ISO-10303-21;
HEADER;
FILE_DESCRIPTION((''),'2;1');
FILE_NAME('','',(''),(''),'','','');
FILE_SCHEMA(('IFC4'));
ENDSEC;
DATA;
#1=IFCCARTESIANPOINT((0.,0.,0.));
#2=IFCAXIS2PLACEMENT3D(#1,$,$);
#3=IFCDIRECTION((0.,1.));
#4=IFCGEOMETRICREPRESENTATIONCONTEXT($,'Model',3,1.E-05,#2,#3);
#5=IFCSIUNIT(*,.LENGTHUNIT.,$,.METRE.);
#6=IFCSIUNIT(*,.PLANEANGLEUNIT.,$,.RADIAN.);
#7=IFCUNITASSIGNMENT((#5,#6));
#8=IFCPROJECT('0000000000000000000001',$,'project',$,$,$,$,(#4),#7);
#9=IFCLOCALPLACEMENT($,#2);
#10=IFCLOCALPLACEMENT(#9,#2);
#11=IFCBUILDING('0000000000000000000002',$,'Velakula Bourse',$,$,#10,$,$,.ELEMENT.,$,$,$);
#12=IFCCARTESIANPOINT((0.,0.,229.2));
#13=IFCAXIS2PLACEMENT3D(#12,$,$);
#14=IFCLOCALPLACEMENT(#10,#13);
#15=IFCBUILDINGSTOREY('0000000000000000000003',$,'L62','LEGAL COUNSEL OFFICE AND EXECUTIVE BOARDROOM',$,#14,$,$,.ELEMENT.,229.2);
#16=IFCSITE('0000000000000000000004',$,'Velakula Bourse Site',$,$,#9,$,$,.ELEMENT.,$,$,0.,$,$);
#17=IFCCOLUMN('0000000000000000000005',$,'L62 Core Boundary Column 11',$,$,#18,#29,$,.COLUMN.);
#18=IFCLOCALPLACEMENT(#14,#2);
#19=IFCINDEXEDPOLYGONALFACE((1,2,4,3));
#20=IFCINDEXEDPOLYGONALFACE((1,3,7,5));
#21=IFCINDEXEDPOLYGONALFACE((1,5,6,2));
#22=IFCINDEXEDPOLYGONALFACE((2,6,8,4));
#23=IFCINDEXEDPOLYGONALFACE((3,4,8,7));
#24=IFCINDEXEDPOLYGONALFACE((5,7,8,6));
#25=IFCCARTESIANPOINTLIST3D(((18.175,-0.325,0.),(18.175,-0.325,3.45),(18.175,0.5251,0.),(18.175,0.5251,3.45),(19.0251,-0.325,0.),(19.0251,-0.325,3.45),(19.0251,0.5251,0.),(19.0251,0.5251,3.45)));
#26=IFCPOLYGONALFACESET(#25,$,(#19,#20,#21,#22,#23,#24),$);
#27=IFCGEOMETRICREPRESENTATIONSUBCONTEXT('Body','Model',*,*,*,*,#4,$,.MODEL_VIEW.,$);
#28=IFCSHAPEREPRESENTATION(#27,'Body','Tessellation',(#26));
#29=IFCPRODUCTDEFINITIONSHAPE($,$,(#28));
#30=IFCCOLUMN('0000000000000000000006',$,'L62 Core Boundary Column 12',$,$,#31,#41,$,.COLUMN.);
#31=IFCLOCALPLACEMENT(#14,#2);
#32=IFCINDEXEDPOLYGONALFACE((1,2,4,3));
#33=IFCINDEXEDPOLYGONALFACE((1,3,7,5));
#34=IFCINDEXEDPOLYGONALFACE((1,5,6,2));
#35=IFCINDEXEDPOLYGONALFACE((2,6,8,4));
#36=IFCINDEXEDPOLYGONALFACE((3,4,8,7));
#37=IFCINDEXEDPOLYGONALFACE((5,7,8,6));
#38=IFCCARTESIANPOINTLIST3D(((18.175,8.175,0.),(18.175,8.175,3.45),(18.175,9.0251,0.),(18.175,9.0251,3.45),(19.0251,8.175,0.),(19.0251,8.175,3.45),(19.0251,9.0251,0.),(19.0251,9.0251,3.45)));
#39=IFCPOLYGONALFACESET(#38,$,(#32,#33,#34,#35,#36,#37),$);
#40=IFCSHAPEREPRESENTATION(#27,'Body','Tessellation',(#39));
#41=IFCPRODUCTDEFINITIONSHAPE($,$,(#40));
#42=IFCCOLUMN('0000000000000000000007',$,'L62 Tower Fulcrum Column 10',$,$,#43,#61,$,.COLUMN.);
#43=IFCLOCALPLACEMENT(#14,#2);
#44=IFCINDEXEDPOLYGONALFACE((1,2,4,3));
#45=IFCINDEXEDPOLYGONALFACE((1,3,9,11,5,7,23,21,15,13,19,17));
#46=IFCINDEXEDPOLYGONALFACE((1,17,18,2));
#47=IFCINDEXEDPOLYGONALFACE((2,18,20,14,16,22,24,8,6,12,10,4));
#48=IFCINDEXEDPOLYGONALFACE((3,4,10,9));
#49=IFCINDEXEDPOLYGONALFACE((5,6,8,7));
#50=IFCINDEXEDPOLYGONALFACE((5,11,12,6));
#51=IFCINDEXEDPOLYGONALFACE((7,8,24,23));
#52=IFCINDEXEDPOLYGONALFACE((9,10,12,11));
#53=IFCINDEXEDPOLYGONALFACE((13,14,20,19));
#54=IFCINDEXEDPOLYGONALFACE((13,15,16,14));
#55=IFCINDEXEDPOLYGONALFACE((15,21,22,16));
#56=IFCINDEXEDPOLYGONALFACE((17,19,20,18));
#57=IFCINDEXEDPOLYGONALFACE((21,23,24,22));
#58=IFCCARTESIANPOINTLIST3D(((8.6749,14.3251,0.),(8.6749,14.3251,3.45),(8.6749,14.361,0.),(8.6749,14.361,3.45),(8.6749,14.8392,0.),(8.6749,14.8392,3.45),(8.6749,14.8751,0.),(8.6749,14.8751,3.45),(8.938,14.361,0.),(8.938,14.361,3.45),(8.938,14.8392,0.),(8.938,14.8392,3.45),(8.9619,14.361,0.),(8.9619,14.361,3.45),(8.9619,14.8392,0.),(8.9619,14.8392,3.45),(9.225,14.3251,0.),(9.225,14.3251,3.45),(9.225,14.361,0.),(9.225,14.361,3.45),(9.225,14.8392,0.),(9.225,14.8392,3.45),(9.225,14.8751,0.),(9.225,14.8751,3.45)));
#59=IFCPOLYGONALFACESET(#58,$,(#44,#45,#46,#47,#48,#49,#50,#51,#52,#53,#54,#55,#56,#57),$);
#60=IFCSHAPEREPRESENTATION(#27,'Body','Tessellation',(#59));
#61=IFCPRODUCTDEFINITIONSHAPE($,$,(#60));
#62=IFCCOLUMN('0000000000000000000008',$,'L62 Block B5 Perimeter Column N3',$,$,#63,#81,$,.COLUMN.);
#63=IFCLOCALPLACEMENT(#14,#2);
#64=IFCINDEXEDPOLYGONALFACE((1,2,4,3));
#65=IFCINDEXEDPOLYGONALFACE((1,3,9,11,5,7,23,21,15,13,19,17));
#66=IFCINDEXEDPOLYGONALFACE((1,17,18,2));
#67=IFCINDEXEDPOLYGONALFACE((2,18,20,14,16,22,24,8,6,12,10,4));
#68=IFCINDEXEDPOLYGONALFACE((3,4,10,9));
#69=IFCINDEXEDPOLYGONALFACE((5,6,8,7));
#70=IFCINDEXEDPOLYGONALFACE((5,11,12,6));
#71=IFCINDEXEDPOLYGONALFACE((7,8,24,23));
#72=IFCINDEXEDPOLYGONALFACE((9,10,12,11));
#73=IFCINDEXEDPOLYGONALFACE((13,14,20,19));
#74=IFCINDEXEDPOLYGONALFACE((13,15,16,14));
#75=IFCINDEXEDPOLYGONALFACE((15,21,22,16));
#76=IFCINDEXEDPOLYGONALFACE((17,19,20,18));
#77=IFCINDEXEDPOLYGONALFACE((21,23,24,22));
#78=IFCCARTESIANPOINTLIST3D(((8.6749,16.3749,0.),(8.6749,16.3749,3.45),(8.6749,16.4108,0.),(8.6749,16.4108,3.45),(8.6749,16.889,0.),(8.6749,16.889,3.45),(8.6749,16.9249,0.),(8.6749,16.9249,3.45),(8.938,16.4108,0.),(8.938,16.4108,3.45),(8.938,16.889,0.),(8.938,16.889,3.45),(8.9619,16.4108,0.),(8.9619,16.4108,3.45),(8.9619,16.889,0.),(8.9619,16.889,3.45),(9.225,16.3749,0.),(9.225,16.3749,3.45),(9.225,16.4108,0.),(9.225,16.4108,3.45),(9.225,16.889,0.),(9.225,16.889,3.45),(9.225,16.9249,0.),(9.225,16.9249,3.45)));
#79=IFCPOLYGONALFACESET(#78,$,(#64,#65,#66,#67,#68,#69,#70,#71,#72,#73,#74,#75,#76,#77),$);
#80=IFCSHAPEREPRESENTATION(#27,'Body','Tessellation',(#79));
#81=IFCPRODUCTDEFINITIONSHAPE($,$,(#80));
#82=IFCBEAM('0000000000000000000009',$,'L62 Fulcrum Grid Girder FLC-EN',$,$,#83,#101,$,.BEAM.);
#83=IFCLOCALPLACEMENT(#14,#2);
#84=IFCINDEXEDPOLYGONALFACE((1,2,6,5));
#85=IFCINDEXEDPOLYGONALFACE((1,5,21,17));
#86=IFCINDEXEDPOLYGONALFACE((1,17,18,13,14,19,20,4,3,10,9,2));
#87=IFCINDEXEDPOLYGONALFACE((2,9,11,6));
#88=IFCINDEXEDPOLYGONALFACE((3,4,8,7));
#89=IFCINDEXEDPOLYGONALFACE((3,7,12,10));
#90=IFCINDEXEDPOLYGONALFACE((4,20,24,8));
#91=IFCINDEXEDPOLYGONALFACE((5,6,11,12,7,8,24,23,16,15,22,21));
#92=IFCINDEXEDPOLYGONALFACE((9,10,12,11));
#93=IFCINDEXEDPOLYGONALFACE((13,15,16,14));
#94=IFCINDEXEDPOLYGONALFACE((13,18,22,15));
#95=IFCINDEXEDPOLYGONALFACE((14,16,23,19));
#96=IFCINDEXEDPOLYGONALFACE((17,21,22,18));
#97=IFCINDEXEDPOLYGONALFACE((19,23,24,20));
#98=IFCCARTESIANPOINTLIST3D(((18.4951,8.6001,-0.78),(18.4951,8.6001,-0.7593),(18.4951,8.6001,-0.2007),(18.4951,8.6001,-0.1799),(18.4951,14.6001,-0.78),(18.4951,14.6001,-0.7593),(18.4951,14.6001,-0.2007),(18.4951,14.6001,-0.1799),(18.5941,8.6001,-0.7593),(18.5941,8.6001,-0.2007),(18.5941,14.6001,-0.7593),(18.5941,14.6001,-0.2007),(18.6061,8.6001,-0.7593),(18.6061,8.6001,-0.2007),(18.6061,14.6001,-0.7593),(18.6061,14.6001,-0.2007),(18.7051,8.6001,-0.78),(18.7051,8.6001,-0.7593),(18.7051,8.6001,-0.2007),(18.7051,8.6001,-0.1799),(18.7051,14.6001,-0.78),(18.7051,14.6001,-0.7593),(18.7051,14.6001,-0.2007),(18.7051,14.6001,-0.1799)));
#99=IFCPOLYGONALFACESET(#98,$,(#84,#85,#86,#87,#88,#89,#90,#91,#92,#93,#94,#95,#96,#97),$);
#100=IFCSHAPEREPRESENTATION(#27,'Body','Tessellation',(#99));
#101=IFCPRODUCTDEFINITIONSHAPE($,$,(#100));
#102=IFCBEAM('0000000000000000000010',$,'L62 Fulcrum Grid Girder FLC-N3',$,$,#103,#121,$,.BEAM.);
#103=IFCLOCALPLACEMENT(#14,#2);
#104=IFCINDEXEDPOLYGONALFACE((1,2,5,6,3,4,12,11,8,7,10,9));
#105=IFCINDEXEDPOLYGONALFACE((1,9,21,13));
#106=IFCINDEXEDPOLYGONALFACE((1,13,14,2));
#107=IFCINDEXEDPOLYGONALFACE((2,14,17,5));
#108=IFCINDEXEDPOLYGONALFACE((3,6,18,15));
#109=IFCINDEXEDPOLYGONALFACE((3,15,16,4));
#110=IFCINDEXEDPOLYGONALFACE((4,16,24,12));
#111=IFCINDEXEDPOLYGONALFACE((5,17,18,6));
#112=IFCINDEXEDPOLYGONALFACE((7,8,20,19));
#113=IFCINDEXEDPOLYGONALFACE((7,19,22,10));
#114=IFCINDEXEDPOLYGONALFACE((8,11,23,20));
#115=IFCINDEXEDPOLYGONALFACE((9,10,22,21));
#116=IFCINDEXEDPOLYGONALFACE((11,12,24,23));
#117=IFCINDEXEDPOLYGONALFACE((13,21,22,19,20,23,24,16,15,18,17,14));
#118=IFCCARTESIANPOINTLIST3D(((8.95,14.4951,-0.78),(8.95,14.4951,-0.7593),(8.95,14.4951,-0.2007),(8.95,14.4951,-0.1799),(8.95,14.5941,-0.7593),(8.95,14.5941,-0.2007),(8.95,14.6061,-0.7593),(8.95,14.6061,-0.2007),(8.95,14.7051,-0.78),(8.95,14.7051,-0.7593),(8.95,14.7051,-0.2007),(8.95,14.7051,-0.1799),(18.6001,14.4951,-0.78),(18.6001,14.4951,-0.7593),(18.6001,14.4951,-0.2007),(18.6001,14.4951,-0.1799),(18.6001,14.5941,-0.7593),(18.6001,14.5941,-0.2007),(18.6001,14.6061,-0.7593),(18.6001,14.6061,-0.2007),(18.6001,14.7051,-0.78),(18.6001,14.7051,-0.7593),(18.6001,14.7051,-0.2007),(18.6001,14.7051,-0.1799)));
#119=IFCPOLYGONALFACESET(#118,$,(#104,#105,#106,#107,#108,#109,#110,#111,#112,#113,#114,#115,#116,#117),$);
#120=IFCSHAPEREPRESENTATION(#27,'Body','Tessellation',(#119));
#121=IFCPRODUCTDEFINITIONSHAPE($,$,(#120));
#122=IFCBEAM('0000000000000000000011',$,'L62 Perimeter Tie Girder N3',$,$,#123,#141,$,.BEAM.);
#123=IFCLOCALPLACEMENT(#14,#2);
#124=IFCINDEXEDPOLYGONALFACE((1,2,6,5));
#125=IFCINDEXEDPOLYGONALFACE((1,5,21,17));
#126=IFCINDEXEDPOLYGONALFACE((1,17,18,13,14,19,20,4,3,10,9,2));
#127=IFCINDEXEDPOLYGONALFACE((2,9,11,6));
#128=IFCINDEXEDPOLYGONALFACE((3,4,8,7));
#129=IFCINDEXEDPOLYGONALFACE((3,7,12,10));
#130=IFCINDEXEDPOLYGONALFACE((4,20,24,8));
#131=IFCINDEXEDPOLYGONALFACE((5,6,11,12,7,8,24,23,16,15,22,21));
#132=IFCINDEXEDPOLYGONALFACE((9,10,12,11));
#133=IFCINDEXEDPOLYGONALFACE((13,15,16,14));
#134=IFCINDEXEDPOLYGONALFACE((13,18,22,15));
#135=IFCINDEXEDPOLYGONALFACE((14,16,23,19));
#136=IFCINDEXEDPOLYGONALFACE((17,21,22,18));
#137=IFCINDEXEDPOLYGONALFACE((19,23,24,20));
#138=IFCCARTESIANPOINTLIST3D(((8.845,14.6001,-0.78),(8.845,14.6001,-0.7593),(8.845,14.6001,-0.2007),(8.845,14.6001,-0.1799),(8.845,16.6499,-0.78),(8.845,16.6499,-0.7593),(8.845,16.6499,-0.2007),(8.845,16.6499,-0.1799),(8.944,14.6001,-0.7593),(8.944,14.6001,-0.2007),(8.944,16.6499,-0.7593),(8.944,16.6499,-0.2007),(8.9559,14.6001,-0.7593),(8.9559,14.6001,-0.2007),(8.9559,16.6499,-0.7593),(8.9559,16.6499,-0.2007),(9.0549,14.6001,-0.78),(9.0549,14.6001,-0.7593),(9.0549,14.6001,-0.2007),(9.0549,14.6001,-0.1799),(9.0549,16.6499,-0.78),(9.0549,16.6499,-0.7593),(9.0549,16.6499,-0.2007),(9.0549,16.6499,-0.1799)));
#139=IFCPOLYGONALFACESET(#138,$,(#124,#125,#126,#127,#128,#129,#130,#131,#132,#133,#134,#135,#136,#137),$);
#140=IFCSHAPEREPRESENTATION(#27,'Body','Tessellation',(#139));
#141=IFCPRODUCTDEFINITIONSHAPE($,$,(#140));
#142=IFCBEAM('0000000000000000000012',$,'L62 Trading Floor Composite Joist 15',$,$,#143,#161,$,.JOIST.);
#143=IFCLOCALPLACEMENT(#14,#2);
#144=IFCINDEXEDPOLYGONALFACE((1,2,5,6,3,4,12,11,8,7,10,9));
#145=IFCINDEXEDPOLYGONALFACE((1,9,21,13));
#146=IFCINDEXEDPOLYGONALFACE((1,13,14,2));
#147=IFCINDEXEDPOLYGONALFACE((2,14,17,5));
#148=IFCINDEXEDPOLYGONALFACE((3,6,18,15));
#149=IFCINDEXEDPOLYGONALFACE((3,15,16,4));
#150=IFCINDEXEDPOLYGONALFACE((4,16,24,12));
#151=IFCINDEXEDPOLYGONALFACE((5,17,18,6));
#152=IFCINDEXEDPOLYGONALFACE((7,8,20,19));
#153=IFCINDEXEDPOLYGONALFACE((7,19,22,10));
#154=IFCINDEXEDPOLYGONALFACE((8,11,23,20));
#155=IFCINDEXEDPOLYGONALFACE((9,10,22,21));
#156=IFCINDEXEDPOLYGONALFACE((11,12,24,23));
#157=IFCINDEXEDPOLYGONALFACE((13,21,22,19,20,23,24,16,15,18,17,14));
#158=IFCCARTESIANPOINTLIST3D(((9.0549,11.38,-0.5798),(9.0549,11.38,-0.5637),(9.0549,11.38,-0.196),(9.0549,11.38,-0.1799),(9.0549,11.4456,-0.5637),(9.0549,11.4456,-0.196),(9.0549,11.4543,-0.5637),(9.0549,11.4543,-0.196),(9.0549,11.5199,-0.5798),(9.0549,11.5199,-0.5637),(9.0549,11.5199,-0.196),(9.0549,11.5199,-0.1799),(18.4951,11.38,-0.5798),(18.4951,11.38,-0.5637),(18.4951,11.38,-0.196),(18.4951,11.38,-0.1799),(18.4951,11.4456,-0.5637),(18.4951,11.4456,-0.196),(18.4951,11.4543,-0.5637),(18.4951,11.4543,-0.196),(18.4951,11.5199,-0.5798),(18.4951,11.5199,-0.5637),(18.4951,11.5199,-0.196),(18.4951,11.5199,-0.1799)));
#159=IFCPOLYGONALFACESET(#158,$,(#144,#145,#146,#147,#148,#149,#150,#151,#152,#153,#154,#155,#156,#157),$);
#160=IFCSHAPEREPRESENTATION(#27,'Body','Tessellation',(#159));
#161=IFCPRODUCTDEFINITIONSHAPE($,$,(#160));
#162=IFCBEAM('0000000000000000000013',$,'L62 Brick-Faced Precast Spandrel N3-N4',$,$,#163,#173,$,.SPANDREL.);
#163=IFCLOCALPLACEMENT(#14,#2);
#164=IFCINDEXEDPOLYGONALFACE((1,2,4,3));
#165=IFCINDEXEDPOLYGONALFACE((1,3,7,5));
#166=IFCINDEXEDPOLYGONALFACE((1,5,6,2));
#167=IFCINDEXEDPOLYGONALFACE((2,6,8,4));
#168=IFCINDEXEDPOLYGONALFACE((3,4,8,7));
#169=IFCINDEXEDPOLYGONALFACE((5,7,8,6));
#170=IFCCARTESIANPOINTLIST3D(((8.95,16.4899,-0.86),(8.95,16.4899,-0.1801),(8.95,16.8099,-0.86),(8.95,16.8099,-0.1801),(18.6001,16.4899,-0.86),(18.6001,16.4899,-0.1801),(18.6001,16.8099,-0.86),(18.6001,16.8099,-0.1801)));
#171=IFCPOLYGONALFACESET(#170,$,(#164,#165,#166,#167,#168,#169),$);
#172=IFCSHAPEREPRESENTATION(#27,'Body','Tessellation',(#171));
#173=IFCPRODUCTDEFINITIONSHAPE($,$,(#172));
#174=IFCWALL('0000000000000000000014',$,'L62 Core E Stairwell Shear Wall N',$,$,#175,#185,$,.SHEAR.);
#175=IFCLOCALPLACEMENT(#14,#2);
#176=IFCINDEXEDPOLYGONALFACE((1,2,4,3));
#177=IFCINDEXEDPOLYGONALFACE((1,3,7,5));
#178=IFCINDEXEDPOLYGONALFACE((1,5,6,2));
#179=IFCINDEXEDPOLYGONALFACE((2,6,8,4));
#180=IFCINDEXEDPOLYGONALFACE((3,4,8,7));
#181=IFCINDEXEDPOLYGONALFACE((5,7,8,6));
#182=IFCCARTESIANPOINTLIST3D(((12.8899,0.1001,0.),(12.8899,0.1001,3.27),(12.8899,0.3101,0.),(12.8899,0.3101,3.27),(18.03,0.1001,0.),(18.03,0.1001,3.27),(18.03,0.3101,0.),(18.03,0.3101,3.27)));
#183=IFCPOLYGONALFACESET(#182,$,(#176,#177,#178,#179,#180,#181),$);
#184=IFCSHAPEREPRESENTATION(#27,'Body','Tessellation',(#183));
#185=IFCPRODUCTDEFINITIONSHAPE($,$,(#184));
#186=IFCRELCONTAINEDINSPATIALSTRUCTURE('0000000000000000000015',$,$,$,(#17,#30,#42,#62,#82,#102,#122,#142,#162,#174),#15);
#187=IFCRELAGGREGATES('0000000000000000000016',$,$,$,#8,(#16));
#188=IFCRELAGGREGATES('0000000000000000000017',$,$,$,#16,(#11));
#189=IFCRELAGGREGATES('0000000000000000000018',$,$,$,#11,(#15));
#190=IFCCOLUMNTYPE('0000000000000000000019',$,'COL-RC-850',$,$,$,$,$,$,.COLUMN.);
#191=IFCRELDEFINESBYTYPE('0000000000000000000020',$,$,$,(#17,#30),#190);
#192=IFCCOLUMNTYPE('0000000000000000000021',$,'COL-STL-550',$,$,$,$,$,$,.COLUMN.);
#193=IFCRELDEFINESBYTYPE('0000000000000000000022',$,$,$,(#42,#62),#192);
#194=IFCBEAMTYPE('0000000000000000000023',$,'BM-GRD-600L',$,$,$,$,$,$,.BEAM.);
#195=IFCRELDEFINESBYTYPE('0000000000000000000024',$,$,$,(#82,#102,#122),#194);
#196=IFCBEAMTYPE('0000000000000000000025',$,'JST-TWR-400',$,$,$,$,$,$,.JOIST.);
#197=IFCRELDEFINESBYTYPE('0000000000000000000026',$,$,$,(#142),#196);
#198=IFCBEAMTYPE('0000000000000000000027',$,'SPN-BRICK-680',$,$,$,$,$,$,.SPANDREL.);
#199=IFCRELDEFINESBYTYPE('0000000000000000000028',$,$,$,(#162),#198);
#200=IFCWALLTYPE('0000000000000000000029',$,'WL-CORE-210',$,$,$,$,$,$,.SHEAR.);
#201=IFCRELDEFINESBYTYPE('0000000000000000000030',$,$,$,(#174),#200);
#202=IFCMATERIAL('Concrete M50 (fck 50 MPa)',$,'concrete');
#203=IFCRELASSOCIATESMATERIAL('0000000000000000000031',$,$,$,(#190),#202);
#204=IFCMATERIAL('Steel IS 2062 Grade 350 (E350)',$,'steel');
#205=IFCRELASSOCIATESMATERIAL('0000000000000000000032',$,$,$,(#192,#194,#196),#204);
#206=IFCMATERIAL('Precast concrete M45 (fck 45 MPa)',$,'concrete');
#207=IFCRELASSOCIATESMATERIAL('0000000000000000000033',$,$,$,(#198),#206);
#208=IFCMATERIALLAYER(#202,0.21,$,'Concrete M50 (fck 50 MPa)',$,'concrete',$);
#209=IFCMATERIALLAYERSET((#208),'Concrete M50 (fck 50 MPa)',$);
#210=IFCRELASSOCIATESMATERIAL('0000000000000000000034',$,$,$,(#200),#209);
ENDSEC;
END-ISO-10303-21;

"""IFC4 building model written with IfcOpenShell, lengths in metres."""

from ifc_helpers import new_model, si_unit, direction, frame, frame_2d, origin, origin_2d, place, context, subcontext, project, spatial, rectangle, i_section, extrude, material, layer, layer_set, material_profile, profile_set, type_object, element, save


model = new_model("IFC4")

# Units and contexts
model_context = context("Model", 3, precision=1e-05, world=origin(), true_north=direction((0.0, 1.0)))
body_context = subcontext(model_context, "Body", "Model", "MODEL_VIEW")
ifc_project = project(units=[si_unit("LENGTHUNIT", "METRE"), si_unit("PLANEANGLEUNIT", "RADIAN")], contexts=[model_context])

# Site, building, storey
site_placement = place(None, origin())
site = spatial("IfcSite", under=ifc_project, at=site_placement, Name="Velakula Bourse Site", CompositionType="ELEMENT", RefElevation=0.0)
building_placement = place(site_placement, origin())
building = spatial("IfcBuilding", under=site, at=building_placement, Name="Velakula Bourse", CompositionType="ELEMENT")
storey_placement = place(building_placement, frame((0.0, 0.0, 229.2)))
storey = spatial("IfcBuildingStorey", under=building, at=storey_placement, Name="L62", Description="LEGAL COUNSEL OFFICE AND EXECUTIVE BOARDROOM", CompositionType="ELEMENT", Elevation=229.2)

# Columns
ifc_material_1 = material(Name="Concrete M50 (fck 50 MPa)", Category="concrete")
ifc_material_profile_1 = material_profile(ifc_material_1, rectangle(XDim=0.8501, YDim=0.8501, at=origin_2d()), Name="Concrete M50 (fck 50 MPa)")
ifc_profile_set_1 = profile_set([ifc_material_profile_1], Name="Concrete M50 (fck 50 MPa)")
column_type_1 = type_object("IfcColumnType", Name="COL-RC-850", PredefinedType="COLUMN", material=ifc_profile_set_1)
for number, where, z_axis, x_axis, name in (
    (1, (18.6001, 0.1001, 0.0), (0.0, 0.0, 1.0), (1.0, 0.0, 0.0), "L62 Core Boundary Column 11"),
    (2, (18.6001, 8.6001, 0.0), (0.0, 0.0, 1.0), (1.0, 0.0, 0.0), "L62 Core Boundary Column 12"),
):
    element("IfcColumn", number, at=place(storey_placement, frame(where, z_axis=z_axis, x_axis=x_axis)), inside=storey, type_object=column_type_1, Name=name, PredefinedType="COLUMN", context=body_context, shape_type="SweptSolid", body=[
        extrude(rectangle(XDim=0.8501, YDim=0.8501, at=origin_2d()), origin(), (0.0, 0.0, 1.0), 3.45),
    ])
ifc_material_2 = material(Name="Steel IS 2062 Grade 350 (E350)", Category="steel")
ifc_material_profile_2 = material_profile(ifc_material_2, i_section(OverallWidth=0.55, OverallDepth=0.55, WebThickness=0.0239, FlangeThickness=0.0359, at=origin_2d()), Name="Steel IS 2062 Grade 350 (E350)")
ifc_profile_set_2 = profile_set([ifc_material_profile_2], Name="Steel IS 2062 Grade 350 (E350)")
column_type_2 = type_object("IfcColumnType", Name="COL-STL-550", PredefinedType="COLUMN", material=ifc_profile_set_2)
for number, where, z_axis, x_axis, name in (
    (3, (8.95, 14.6001, 0.0), (0.0, 0.0, 1.0), (1.0, 0.0, 0.0), "L62 Tower Fulcrum Column 10"),
    (4, (8.95, 16.6499, 0.0), (0.0, 0.0, 1.0), (1.0, 0.0, 0.0), "L62 Block B5 Perimeter Column N3"),
):
    element("IfcColumn", number, at=place(storey_placement, frame(where, z_axis=z_axis, x_axis=x_axis)), inside=storey, type_object=column_type_2, Name=name, PredefinedType="COLUMN", context=body_context, shape_type="SweptSolid", body=[
        extrude(i_section(OverallWidth=0.55, OverallDepth=0.55, WebThickness=0.0239, FlangeThickness=0.0359, at=origin_2d()), origin(), (0.0, 0.0, 1.0), 3.45),
    ])

# Beams
ifc_material_profile_3 = material_profile(ifc_material_2, i_section(OverallWidth=0.21, OverallDepth=0.6001, WebThickness=0.012, FlangeThickness=0.0208, at=origin_2d()), Name="Steel IS 2062 Grade 350 (E350)")
ifc_profile_set_3 = profile_set([ifc_material_profile_3], Name="Steel IS 2062 Grade 350 (E350)")
beam_type_1 = type_object("IfcBeamType", Name="BM-GRD-600L", PredefinedType="BEAM", material=ifc_profile_set_3)
beam_1_placement = place(storey_placement, frame((18.6001, 8.6001, -0.48), z_axis=(0.0, 1.0, 0.0), x_axis=(-1.0, 0.0, 0.0)))
element("IfcBeam", 5, at=beam_1_placement, inside=storey, type_object=beam_type_1, Name="L62 Fulcrum Grid Girder FLC-EN", PredefinedType="BEAM", context=body_context, shape_type="SweptSolid", body=[
    extrude(i_section(OverallWidth=0.21, OverallDepth=0.6001, WebThickness=0.012, FlangeThickness=0.0208, at=origin_2d()), origin(), (0.0, 0.0, 1.0), 6.0),
])
beam_2_placement = place(storey_placement, frame((8.95, 14.6001, -0.48), z_axis=(1.0, 0.0, 0.0), x_axis=(0.0, 1.0, 0.0)))
element("IfcBeam", 6, at=beam_2_placement, inside=storey, type_object=beam_type_1, Name="L62 Fulcrum Grid Girder FLC-N3", PredefinedType="BEAM", context=body_context, shape_type="SweptSolid", body=[
    extrude(i_section(OverallWidth=0.21, OverallDepth=0.6001, WebThickness=0.012, FlangeThickness=0.0208, at=origin_2d()), origin(), (0.0, 0.0, 1.0), 9.6501),
])
beam_3_placement = place(storey_placement, frame((8.95, 14.6001, -0.48), z_axis=(0.0, 1.0, 0.0), x_axis=(-1.0, 0.0, 0.0)))
element("IfcBeam", 7, at=beam_3_placement, inside=storey, type_object=beam_type_1, Name="L62 Perimeter Tie Girder N3", PredefinedType="BEAM", context=body_context, shape_type="SweptSolid", body=[
    extrude(i_section(OverallWidth=0.21, OverallDepth=0.6001, WebThickness=0.012, FlangeThickness=0.0208, at=origin_2d()), origin(), (0.0, 0.0, 1.0), 2.0498),
])
ifc_material_profile_4 = material_profile(ifc_material_2, i_section(OverallWidth=0.1399, OverallDepth=0.3999, WebThickness=0.0088, FlangeThickness=0.0161, at=origin_2d()), Name="Steel IS 2062 Grade 350 (E350)")
ifc_profile_set_4 = profile_set([ifc_material_profile_4], Name="Steel IS 2062 Grade 350 (E350)")
beam_type_2 = type_object("IfcBeamType", Name="JST-TWR-400", PredefinedType="JOIST", material=ifc_profile_set_4)
beam_4_placement = place(storey_placement, frame((9.0549, 11.45, -0.3799), z_axis=(1.0, 0.0, 0.0), x_axis=(0.0, 1.0, 0.0)))
element("IfcBeam", 8, at=beam_4_placement, inside=storey, type_object=beam_type_2, Name="L62 Trading Floor Composite Joist 15", PredefinedType="JOIST", context=body_context, shape_type="SweptSolid", body=[
    extrude(i_section(OverallWidth=0.1399, OverallDepth=0.3999, WebThickness=0.0088, FlangeThickness=0.0161, at=origin_2d()), origin(), (0.0, 0.0, 1.0), 9.4402),
])
ifc_material_3 = material(Name="Precast concrete M45 (fck 45 MPa)", Category="concrete")
ifc_material_profile_5 = material_profile(ifc_material_3, rectangle(XDim=0.3201, YDim=0.6799, at=origin_2d()), Name="Precast concrete M45 (fck 45 MPa)")
ifc_profile_set_5 = profile_set([ifc_material_profile_5], Name="Precast concrete M45 (fck 45 MPa)")
beam_type_3 = type_object("IfcBeamType", Name="SPN-BRICK-680", PredefinedType="SPANDREL", material=ifc_profile_set_5)
beam_5_placement = place(storey_placement, frame((8.95, 16.6499, -0.52), z_axis=(1.0, 0.0, 0.0), x_axis=(0.0, 1.0, 0.0)))
element("IfcBeam", 9, at=beam_5_placement, inside=storey, type_object=beam_type_3, Name="L62 Brick-Faced Precast Spandrel N3-N4", PredefinedType="SPANDREL", context=body_context, shape_type="SweptSolid", body=[
    extrude(rectangle(XDim=0.3201, YDim=0.6799, at=origin_2d()), origin(), (0.0, 0.0, 1.0), 9.6501),
])

# Wall
ifc_layer_1 = layer(ifc_material_1, 0.21, Name="Concrete M50 (fck 50 MPa)", Category="concrete")
ifc_layer_set_1 = layer_set([ifc_layer_1], Name="Concrete M50 (fck 50 MPa)")
wall_type_1 = type_object("IfcWallType", Name="WL-CORE-210", PredefinedType="SHEAR", material=ifc_layer_set_1)
wall_1_placement = place(storey_placement, frame((18.03, 0.2051, 0.0), z_axis=(0.0, 0.0, 1.0), x_axis=(-1.0, 0.0, 0.0)))
element("IfcWall", 10, at=wall_1_placement, inside=storey, type_object=wall_type_1, Name="L62 Core E Stairwell Shear Wall N", PredefinedType="SHEAR", context=body_context, shape_type="SweptSolid", body=[
    extrude(rectangle(XDim=5.1401, YDim=0.21, at=frame_2d((2.5701, 0.0))), origin(), (0.0, 0.0, 1.0), 3.27),
])

save(model, "model.ifc")
